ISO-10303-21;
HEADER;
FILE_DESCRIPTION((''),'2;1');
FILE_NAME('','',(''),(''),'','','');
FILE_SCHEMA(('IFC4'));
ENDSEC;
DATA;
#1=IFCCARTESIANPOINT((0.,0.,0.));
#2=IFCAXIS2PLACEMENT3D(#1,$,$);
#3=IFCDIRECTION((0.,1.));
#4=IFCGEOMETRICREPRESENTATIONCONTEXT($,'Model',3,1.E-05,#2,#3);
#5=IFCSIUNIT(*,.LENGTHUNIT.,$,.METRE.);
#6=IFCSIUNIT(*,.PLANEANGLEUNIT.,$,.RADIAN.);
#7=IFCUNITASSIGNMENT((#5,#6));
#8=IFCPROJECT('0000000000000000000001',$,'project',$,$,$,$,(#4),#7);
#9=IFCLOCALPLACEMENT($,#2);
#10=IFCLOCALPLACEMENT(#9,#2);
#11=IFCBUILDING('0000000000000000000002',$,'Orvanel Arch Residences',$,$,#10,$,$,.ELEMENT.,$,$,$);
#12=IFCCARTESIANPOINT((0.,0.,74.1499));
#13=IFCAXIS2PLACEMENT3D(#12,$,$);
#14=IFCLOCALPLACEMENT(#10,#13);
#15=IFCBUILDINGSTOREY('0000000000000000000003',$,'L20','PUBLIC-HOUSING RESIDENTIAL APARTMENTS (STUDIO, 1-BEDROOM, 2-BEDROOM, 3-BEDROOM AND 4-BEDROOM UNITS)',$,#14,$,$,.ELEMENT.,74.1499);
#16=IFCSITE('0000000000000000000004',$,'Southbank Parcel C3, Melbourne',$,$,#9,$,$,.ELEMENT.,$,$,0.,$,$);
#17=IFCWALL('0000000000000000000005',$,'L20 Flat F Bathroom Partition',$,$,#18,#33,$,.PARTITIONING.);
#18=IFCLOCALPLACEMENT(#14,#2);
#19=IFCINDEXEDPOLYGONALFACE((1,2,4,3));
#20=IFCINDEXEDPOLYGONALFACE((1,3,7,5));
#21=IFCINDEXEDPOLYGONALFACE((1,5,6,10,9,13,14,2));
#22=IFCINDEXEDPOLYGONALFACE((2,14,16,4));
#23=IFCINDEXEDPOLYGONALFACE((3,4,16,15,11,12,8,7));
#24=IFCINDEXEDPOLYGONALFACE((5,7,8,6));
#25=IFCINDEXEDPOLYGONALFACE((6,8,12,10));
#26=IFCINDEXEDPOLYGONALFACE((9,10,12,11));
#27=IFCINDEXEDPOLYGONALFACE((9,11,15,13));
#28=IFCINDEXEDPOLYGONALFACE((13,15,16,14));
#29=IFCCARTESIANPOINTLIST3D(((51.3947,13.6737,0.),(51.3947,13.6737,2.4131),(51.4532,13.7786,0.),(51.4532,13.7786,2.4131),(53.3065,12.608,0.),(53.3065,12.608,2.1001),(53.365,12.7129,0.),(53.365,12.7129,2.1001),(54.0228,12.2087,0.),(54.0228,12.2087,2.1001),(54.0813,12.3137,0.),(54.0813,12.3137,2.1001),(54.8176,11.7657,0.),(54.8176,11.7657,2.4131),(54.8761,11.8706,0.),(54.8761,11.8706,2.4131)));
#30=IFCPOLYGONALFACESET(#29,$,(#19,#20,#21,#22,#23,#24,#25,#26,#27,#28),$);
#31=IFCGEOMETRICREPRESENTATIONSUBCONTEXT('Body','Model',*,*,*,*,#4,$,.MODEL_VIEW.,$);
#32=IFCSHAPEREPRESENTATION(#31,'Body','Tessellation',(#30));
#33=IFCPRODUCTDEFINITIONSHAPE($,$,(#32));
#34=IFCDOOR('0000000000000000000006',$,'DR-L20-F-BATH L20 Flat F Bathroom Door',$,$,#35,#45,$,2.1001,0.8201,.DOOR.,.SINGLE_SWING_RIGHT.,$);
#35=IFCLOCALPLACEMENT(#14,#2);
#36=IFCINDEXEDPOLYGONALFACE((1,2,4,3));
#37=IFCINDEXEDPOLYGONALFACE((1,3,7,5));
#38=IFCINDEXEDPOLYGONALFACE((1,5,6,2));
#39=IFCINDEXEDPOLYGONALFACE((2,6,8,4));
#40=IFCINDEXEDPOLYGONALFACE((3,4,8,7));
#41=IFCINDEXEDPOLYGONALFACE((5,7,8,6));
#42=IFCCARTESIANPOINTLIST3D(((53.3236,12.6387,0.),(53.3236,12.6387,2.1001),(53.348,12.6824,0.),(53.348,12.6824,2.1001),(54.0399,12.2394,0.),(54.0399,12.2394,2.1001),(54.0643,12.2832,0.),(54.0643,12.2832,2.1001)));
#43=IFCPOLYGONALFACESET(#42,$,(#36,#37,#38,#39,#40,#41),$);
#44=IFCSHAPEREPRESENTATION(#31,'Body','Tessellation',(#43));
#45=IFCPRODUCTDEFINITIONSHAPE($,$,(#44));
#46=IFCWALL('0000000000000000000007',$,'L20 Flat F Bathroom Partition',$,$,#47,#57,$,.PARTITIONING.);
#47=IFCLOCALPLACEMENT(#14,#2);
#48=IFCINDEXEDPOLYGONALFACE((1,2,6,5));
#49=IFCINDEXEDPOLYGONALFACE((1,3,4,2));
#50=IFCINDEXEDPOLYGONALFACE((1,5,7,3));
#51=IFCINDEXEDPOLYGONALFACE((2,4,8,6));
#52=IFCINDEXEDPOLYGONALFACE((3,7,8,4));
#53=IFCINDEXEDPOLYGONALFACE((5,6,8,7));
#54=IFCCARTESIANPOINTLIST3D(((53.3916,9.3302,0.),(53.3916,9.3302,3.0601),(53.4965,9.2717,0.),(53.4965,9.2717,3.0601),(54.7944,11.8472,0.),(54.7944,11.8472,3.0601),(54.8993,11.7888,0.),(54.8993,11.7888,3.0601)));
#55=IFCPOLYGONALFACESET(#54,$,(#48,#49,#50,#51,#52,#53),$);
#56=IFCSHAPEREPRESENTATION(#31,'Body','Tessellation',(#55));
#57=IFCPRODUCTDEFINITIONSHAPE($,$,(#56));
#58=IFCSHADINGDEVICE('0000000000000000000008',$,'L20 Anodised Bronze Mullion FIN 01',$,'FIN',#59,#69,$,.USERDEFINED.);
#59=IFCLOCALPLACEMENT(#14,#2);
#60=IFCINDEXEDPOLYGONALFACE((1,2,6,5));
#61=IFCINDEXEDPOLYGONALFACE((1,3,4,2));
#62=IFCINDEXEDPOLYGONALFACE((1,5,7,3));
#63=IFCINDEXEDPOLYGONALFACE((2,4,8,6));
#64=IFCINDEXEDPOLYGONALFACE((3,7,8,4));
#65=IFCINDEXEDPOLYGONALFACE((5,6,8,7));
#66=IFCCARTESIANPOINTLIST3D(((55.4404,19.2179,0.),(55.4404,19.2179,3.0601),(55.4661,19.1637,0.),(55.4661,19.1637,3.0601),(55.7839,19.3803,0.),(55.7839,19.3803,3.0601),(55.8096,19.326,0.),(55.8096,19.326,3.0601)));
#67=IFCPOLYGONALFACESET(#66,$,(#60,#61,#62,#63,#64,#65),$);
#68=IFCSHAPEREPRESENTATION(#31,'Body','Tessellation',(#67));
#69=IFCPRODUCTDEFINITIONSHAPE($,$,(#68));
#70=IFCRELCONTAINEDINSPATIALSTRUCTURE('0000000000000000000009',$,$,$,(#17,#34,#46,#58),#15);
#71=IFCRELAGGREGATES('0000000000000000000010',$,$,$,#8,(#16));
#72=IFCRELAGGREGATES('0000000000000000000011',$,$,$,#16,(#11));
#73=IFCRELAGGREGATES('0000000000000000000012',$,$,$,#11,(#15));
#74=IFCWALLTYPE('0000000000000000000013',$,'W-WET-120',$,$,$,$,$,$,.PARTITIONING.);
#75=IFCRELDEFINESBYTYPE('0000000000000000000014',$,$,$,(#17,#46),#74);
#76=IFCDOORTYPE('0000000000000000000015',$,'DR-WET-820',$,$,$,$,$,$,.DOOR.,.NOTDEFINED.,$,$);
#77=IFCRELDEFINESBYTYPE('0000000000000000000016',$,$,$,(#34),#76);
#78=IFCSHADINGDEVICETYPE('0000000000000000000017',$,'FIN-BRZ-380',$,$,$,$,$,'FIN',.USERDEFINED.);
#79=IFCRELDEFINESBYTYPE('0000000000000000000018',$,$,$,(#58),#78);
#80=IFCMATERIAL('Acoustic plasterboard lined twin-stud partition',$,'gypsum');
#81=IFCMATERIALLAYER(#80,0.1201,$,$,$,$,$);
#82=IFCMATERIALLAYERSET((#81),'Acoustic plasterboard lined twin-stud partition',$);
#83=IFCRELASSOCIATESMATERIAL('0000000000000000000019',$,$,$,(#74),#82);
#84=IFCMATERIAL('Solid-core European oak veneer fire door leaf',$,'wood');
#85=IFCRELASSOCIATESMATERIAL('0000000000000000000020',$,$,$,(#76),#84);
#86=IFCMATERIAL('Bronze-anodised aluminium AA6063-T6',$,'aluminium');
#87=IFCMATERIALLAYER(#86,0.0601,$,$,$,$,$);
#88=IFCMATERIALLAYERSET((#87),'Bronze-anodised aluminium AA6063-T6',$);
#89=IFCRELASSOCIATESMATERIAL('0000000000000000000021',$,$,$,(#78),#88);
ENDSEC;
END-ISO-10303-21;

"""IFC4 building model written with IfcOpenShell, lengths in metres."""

from ifc_helpers import new_model, si_unit, direction, frame, frame_2d, origin, origin_2d, place, context, subcontext, project, spatial, rectangle, extrude, material, layer, layer_set, type_object, element, fill, save


model = new_model("IFC4")

# Units and contexts
model_context = context("Model", 3, precision=1e-05, world=origin(), true_north=direction((0.0, 1.0)))
body_context = subcontext(model_context, "Body", "Model", "MODEL_VIEW")
ifc_project = project(units=[si_unit("LENGTHUNIT", "METRE"), si_unit("PLANEANGLEUNIT", "RADIAN")], contexts=[model_context])

# Site, building, storey
site_placement = place(None, origin())
site = spatial("IfcSite", under=ifc_project, at=site_placement, Name="Southbank Parcel C3, Melbourne", CompositionType="ELEMENT", RefElevation=0.0)
building_placement = place(site_placement, origin())
building = spatial("IfcBuilding", under=site, at=building_placement, Name="Orvanel Arch Residences", CompositionType="ELEMENT")
storey_placement = place(building_placement, frame((0.0, 0.0, 74.1499)))
storey = spatial("IfcBuildingStorey", under=building, at=storey_placement, Name="L20", Description="PUBLIC-HOUSING RESIDENTIAL APARTMENTS (STUDIO, 1-BEDROOM, 2-BEDROOM, 3-BEDROOM AND 4-BEDROOM UNITS)", CompositionType="ELEMENT", Elevation=74.1499)

# Shared definitions
ifc_material_1 = material(Name="Bronze-anodised aluminium AA6063-T6", Category="aluminium")

# Wall, opening, door
ifc_material_2 = material(Name="Acoustic plasterboard lined twin-stud partition", Category="gypsum")
ifc_layer_1 = layer(ifc_material_2, 0.1201)
ifc_layer_set_1 = layer_set([ifc_layer_1], Name="Acoustic plasterboard lined twin-stud partition")
wall_type_1 = type_object("IfcWallType", Name="W-WET-120", PredefinedType="PARTITIONING", material=ifc_layer_set_1)
wall_1_placement = place(storey_placement, frame((54.8469, 11.8181, 0.0), z_axis=(0.0, 0.0, 1.0), x_axis=(-0.873466, 0.486886, 0.0)))
wall_1 = element("IfcWall", 1, at=wall_1_placement, inside=storey, type_object=wall_type_1, Name="L20 Flat F Bathroom Partition", PredefinedType="PARTITIONING", context=body_context, shape_type="SweptSolid", body=[
    extrude(rectangle(XDim=3.9187, YDim=0.1201, at=frame_2d((1.9595, 0.0))), origin(), (0.0, 0.0, 1.0), 2.4131),
])
opening_placement = place(wall_1_placement, frame((0.9099, 0.0, 0.0)))
opening = element("IfcOpeningElement", 2, at=opening_placement, cuts=wall_1, PredefinedType="OPENING", context=body_context, shape_type="SweptSolid", body=[
    extrude(rectangle(XDim=0.8201, YDim=2.1001, at=frame_2d((0.4102, 1.05))), frame((0.0, 0.0701, 0.0), z_axis=(0.0, -1.0, 0.0), x_axis=(1.0, 0.0, 0.0)), (0.0, 0.0, 1.0), 0.1401),
])
ifc_material_3 = material(Name="Solid-core European oak veneer fire door leaf", Category="wood")
door_type = type_object("IfcDoorType", Name="DR-WET-820", OperationType="NOTDEFINED", PredefinedType="DOOR", material=ifc_material_3)
door_placement = place(opening_placement, origin())
door = element("IfcDoor", 3, at=door_placement, inside=storey, type_object=door_type, Name="DR-L20-F-BATH L20 Flat F Bathroom Door", OperationType="SINGLE_SWING_RIGHT", OverallHeight=2.1001, OverallWidth=0.8201, PredefinedType="DOOR", context=body_context, shape_type="SweptSolid", body=[
    extrude(rectangle(XDim=0.8201, YDim=2.1001, at=frame_2d((0.4102, 1.05))), frame((0.0, 0.0249, 0.0), z_axis=(0.0, -1.0, 0.0), x_axis=(1.0, 0.0, 0.0)), (0.0, 0.0, 1.0), 0.05),
])
fill(opening, door)

# Wall
wall_2_placement = place(storey_placement, frame((54.8469, 11.8181, 0.0), z_axis=(0.0, 0.0, 1.0), x_axis=(-0.486822, -0.873501, 0.0)))
element("IfcWall", 4, at=wall_2_placement, inside=storey, type_object=wall_type_1, Name="L20 Flat F Bathroom Partition", PredefinedType="PARTITIONING", context=body_context, shape_type="SweptSolid", body=[
    extrude(rectangle(XDim=2.8816, YDim=0.1201, at=frame_2d((1.4409, 0.0))), origin(), (0.0, 0.0, 1.0), 3.0601),
])

# Shading device
ifc_layer_2 = layer(ifc_material_1, 0.0601)
ifc_layer_set_2 = layer_set([ifc_layer_2], Name="Bronze-anodised aluminium AA6063-T6")
shading_device_type = type_object("IfcShadingDeviceType", Name="FIN-BRZ-380", ElementType="FIN", PredefinedType="USERDEFINED", material=ifc_layer_set_2)
shading_device_placement = place(storey_placement, frame((55.625, 19.272, 0.0), z_axis=(0.0, 0.0, 1.0), x_axis=(0.904083, 0.427358, 0.0)))
element("IfcShadingDevice", 5, at=shading_device_placement, inside=storey, type_object=shading_device_type, Name="L20 Anodised Bronze Mullion FIN 01", ObjectType="FIN", PredefinedType="USERDEFINED", context=body_context, shape_type="SweptSolid", body=[
    extrude(rectangle(XDim=0.3799, YDim=0.0601, at=origin_2d()), origin(), (0.0, 0.0, 1.0), 3.0601),
])

save(model, "model.ifc")
